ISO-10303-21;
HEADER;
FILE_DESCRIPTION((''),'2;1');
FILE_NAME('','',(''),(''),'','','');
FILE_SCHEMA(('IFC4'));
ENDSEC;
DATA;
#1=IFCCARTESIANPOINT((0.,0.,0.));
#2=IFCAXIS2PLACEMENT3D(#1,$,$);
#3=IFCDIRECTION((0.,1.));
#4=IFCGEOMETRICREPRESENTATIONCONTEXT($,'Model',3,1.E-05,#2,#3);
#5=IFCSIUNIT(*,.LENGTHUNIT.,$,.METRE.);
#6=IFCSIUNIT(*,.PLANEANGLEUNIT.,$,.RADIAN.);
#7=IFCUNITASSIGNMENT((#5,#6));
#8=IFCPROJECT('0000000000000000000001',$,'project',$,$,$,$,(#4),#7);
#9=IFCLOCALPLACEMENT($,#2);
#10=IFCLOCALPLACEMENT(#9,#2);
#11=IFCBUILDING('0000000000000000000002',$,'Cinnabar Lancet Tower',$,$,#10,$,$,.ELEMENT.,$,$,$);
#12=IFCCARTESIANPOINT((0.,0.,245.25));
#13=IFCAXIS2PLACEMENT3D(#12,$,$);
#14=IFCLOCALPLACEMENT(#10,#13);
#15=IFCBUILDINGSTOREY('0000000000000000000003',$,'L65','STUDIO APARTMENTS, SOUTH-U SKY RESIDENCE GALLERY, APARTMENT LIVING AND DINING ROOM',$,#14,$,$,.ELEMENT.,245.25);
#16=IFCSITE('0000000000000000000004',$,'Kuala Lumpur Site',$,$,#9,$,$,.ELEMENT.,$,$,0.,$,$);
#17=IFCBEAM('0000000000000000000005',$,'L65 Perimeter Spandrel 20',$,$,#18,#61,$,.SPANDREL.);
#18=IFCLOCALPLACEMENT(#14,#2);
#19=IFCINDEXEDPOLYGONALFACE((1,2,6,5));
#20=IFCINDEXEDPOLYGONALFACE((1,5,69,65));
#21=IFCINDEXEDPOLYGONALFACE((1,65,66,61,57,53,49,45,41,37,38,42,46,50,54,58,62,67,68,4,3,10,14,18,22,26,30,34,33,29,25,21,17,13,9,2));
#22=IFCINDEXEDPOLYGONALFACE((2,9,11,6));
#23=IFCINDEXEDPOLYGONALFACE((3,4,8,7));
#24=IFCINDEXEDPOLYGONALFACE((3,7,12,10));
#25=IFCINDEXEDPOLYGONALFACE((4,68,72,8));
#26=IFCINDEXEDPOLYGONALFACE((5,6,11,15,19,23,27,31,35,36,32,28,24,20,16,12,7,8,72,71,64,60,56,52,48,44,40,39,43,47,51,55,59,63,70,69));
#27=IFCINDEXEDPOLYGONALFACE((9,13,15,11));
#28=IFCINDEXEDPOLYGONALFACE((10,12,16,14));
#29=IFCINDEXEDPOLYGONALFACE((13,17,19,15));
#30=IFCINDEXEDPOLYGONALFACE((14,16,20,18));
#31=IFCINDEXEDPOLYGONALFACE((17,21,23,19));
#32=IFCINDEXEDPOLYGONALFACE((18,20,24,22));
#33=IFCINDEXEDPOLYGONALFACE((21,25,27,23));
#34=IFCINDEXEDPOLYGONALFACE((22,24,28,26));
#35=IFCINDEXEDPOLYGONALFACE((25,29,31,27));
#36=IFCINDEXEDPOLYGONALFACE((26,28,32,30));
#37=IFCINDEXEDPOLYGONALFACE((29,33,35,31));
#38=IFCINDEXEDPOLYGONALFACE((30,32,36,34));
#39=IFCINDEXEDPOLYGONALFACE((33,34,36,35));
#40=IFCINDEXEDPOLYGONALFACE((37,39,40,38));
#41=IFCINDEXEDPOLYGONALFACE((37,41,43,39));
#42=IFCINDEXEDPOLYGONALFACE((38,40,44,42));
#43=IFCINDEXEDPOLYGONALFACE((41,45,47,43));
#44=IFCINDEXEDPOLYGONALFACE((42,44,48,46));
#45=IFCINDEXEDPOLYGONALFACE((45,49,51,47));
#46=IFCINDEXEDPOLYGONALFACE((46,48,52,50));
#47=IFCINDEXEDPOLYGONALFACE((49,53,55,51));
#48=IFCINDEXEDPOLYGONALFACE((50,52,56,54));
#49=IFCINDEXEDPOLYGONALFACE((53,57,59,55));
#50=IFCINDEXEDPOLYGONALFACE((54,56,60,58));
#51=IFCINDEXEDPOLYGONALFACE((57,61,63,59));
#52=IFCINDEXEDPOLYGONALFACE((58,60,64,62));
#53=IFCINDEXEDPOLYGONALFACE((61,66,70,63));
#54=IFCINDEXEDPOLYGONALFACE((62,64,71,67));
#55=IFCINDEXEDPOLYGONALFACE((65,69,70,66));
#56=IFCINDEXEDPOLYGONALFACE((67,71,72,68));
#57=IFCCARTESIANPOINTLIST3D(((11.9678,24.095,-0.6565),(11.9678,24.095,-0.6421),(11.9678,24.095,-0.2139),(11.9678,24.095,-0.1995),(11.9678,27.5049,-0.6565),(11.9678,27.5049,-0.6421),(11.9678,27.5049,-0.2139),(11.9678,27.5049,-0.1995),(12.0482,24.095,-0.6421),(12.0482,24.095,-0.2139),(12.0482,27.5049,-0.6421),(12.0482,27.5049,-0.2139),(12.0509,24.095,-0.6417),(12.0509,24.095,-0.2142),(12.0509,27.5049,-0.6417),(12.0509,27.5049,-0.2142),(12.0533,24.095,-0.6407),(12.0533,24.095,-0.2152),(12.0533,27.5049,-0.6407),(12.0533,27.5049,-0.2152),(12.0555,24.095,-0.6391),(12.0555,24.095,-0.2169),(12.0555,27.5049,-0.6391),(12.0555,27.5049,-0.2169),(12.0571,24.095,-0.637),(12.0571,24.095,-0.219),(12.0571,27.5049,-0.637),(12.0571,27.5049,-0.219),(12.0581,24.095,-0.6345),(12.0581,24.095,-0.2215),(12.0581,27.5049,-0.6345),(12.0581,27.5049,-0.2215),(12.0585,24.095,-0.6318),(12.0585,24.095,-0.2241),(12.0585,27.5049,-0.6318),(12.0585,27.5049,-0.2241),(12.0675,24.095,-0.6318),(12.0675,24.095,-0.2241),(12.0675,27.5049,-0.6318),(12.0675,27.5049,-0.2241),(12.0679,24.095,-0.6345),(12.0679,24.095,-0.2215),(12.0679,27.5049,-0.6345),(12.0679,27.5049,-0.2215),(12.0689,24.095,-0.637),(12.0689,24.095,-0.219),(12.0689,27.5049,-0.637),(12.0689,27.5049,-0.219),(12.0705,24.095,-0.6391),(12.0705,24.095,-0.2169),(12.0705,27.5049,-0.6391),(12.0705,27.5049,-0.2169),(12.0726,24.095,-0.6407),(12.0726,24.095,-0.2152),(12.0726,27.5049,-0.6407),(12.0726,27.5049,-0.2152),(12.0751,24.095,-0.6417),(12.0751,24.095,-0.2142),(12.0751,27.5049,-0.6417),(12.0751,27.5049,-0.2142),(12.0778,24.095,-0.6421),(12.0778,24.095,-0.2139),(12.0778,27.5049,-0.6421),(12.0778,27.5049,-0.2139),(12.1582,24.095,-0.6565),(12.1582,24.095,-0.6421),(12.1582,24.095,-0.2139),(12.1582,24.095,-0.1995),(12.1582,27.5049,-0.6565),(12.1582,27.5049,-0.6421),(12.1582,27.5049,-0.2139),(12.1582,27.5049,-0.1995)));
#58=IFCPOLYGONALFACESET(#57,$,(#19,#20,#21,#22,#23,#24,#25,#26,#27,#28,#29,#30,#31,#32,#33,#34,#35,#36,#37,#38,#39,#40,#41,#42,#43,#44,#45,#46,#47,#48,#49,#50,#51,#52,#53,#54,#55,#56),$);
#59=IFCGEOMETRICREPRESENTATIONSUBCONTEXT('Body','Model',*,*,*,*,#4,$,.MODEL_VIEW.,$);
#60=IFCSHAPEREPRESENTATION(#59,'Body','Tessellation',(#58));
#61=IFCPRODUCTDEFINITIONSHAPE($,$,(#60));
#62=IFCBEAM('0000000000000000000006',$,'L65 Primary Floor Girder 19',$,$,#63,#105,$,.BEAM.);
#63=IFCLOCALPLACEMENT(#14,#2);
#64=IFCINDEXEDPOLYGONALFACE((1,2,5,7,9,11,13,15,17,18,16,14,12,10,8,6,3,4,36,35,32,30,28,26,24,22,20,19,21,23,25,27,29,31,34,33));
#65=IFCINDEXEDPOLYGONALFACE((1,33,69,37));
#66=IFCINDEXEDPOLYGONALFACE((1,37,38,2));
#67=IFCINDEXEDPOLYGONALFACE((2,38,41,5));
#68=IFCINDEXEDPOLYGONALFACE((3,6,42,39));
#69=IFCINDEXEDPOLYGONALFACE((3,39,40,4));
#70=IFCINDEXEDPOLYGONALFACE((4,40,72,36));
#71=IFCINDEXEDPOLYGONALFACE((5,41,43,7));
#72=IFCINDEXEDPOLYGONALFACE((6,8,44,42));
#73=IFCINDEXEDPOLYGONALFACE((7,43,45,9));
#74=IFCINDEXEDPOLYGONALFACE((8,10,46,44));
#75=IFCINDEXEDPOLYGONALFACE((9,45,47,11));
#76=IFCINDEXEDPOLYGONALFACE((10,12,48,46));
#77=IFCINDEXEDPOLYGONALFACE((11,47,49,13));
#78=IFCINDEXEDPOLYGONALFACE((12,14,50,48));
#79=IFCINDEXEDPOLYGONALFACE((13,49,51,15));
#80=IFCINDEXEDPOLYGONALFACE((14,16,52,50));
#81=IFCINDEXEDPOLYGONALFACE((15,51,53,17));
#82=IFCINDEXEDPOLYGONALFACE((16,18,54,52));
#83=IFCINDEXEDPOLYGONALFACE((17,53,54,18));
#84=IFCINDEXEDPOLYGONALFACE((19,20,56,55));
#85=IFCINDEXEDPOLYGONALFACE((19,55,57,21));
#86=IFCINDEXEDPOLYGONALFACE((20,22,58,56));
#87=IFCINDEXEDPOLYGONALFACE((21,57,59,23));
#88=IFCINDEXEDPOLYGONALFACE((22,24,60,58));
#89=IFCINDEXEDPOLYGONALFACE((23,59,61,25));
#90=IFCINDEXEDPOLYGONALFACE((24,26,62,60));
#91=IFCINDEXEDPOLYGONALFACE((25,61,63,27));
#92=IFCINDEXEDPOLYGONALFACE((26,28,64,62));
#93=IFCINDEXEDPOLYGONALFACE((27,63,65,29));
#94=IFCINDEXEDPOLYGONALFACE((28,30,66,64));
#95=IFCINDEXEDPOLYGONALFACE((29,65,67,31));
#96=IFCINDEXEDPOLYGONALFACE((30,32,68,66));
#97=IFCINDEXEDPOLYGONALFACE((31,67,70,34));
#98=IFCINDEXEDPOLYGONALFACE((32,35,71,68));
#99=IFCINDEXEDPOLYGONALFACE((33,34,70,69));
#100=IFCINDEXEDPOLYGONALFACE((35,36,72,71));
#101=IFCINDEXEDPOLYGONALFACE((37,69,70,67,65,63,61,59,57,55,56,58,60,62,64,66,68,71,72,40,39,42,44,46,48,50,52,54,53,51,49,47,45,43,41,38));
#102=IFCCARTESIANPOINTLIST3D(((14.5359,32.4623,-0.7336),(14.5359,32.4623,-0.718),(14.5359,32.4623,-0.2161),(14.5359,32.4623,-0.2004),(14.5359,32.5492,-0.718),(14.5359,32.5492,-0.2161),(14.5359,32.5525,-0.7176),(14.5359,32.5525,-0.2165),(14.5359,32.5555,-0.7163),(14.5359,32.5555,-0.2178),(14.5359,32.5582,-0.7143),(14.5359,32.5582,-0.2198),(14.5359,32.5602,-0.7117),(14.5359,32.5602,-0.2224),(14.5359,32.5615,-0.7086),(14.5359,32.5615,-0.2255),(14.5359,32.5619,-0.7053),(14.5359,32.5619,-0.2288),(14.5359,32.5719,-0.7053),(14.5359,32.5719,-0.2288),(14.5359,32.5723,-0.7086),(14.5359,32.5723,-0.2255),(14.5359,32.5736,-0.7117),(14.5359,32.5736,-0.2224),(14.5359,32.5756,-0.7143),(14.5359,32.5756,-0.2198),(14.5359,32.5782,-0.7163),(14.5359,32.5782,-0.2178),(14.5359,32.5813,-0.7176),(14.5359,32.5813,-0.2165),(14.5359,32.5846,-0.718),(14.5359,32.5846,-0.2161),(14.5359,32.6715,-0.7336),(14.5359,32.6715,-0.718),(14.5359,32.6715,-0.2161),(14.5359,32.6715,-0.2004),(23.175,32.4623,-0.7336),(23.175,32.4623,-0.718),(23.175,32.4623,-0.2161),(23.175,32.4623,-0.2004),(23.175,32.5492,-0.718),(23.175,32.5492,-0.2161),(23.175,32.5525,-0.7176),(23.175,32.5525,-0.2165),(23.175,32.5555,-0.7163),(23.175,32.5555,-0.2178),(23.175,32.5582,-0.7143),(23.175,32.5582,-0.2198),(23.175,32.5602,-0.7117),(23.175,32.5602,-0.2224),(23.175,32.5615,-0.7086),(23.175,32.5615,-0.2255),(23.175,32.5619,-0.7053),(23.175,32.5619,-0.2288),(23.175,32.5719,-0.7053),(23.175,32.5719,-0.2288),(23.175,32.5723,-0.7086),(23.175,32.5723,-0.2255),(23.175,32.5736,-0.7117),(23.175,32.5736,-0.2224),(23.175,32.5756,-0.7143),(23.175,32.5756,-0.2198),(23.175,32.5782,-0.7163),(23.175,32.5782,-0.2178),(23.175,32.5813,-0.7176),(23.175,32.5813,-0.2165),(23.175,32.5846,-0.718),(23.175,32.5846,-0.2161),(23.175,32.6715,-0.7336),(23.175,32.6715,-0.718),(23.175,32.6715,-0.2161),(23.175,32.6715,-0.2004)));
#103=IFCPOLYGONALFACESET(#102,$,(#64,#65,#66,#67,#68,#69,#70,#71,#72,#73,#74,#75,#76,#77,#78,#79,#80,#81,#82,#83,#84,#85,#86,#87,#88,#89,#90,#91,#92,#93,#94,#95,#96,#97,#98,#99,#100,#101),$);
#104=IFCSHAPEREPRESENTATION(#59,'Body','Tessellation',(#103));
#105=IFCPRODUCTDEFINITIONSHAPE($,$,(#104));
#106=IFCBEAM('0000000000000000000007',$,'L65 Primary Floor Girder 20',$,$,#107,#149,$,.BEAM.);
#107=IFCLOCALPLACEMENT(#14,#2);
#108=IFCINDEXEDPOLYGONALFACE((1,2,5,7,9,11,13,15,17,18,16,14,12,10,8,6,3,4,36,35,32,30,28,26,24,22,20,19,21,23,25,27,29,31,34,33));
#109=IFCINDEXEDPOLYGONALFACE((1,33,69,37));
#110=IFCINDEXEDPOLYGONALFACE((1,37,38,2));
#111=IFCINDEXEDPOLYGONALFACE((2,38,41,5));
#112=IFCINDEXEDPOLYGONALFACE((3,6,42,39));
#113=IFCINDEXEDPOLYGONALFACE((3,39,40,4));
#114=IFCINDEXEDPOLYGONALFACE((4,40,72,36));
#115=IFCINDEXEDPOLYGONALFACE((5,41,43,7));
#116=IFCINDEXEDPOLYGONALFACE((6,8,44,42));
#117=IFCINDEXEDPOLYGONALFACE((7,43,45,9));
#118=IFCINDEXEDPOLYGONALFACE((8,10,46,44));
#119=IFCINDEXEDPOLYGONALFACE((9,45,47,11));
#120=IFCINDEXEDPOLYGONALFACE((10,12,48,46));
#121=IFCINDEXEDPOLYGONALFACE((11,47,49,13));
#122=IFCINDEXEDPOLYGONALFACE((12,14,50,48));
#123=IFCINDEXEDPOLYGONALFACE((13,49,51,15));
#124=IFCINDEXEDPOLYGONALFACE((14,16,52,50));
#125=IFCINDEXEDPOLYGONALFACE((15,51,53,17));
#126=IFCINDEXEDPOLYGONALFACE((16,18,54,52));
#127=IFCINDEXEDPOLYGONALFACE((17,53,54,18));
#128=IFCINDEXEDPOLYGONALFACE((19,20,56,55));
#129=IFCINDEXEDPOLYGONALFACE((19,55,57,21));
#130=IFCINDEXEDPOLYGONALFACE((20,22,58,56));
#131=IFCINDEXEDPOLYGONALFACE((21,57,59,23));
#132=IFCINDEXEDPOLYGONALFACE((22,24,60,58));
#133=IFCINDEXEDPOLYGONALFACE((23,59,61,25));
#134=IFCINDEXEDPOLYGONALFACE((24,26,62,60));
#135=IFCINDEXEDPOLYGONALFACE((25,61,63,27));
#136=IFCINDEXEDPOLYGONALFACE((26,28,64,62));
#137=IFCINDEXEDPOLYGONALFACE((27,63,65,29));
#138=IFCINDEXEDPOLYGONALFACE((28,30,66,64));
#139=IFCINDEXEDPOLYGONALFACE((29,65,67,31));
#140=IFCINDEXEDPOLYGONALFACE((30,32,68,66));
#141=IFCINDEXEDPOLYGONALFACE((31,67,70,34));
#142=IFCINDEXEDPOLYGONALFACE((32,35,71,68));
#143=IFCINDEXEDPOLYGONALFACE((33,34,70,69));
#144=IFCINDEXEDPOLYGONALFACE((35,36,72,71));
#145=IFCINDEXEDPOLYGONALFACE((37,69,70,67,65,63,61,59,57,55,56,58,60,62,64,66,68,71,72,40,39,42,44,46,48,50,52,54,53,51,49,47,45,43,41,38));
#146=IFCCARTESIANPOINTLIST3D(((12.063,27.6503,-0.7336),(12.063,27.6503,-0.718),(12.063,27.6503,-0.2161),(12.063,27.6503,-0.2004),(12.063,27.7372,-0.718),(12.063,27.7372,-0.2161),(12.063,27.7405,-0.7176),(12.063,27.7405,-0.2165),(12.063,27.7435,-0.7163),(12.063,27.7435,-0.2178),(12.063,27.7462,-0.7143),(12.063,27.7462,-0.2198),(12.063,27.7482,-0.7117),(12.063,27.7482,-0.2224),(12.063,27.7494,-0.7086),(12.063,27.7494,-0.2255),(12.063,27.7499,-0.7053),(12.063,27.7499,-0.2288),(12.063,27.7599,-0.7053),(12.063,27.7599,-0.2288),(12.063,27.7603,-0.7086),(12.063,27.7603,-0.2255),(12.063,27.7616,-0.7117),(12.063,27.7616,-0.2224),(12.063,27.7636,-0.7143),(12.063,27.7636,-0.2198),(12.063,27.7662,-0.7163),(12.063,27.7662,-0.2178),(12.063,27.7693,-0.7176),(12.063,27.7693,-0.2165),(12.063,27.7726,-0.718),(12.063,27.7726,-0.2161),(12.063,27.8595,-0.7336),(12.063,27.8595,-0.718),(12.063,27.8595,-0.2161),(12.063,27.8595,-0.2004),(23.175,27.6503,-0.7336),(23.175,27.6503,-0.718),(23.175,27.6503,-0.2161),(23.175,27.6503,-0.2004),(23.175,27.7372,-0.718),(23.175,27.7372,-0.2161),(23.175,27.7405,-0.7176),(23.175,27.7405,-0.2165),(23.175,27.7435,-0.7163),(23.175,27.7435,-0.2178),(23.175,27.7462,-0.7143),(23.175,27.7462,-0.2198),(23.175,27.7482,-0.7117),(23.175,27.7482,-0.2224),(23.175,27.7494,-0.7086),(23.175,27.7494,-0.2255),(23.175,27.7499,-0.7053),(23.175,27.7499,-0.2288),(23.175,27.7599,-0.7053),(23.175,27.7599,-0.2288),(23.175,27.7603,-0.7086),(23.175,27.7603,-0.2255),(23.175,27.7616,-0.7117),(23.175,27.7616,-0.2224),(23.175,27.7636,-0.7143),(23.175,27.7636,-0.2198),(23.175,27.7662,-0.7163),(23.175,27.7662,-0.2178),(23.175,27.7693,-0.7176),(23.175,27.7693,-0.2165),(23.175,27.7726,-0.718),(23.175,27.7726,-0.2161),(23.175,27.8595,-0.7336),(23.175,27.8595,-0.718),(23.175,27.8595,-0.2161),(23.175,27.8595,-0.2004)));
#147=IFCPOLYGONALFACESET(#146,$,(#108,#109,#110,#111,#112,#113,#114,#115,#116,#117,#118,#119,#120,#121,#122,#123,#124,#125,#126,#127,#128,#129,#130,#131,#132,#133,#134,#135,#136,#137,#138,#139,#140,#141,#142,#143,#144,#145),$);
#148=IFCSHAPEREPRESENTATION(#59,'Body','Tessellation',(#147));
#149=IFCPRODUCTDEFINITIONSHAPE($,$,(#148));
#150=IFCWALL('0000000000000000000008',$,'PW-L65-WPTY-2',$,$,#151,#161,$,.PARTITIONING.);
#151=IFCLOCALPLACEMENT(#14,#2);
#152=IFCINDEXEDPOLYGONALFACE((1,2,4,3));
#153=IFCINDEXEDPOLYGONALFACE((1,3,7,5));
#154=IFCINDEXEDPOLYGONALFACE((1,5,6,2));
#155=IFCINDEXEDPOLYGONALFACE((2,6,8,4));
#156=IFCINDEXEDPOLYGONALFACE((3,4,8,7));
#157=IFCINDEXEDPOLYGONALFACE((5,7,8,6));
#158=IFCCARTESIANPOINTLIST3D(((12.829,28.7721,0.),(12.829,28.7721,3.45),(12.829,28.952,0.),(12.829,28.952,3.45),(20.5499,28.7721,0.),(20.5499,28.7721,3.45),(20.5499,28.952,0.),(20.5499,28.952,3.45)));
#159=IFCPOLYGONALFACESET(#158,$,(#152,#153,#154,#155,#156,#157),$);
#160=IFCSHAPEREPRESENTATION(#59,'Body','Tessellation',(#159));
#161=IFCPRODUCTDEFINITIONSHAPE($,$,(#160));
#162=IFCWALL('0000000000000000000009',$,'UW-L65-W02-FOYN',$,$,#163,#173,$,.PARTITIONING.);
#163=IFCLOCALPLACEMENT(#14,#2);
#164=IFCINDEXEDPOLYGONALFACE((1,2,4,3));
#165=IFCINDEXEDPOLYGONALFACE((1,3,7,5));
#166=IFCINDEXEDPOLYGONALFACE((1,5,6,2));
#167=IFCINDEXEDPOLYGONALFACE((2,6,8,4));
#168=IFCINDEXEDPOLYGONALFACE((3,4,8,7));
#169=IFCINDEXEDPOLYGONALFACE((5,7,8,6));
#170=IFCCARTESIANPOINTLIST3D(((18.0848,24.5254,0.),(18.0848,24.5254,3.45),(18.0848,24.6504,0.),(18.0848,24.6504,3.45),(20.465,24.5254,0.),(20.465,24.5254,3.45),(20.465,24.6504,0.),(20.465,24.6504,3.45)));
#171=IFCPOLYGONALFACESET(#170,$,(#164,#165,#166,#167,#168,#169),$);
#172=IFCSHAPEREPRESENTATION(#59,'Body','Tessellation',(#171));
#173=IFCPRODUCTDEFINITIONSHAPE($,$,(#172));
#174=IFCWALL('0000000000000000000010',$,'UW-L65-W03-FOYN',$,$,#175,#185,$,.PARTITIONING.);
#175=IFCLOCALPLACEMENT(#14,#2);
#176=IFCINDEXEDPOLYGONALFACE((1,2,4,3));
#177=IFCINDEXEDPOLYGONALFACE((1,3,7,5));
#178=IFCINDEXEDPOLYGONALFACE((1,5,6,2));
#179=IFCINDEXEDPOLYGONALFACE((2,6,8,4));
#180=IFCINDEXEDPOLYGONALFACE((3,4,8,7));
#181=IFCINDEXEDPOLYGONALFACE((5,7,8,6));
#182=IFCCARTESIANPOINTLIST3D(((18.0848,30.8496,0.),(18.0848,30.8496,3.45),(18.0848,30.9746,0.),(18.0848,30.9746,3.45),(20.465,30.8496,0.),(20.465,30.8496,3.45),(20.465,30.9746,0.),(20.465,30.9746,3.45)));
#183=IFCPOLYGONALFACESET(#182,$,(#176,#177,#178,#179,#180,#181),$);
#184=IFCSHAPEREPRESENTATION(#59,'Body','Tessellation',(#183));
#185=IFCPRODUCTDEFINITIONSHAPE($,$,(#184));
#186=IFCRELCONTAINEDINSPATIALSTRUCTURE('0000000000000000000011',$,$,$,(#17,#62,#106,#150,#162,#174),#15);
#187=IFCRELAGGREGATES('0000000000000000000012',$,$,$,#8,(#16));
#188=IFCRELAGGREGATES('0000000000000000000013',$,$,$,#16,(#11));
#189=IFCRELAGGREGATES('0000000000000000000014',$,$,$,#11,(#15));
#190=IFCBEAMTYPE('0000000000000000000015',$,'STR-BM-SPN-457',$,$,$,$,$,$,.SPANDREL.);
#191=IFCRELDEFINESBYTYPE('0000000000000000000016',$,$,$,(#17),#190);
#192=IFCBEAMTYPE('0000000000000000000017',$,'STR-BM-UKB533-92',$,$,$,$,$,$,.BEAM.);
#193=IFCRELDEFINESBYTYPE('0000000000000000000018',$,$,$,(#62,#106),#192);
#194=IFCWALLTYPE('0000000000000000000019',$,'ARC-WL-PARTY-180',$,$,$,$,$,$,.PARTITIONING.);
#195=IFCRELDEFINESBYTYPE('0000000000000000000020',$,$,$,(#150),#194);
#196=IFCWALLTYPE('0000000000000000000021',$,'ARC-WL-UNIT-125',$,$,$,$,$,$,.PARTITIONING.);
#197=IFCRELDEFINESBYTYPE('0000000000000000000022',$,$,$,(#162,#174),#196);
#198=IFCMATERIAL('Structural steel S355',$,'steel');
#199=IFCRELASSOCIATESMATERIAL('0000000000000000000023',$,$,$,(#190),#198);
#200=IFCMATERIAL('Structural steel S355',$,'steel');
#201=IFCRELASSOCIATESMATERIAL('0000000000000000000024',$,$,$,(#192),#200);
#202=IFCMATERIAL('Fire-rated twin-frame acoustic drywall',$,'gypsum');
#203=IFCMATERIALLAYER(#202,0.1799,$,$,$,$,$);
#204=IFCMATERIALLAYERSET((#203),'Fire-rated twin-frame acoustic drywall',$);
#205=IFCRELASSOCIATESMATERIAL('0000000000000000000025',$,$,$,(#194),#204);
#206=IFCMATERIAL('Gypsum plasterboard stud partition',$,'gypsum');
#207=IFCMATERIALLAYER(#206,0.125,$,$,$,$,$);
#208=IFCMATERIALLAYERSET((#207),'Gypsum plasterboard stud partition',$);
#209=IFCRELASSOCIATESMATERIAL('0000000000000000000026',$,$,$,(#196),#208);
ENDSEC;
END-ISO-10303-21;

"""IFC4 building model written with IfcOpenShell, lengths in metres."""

from ifc_helpers import new_model, si_unit, direction, frame, frame_2d, origin, origin_2d, place, context, subcontext, project, spatial, rectangle, i_section, extrude, material, layer, layer_set, material_profile, profile_set, type_object, element, save


model = new_model("IFC4")

# Units and contexts
model_context = context("Model", 3, precision=1e-05, world=origin(), true_north=direction((0.0, 1.0)))
body_context = subcontext(model_context, "Body", "Model", "MODEL_VIEW")
ifc_project = project(units=[si_unit("LENGTHUNIT", "METRE"), si_unit("PLANEANGLEUNIT", "RADIAN")], contexts=[model_context])

# Site, building, storey
site_placement = place(None, origin())
site = spatial("IfcSite", under=ifc_project, at=site_placement, Name="Kuala Lumpur Site", CompositionType="ELEMENT", RefElevation=0.0)
building_placement = place(site_placement, origin())
building = spatial("IfcBuilding", under=site, at=building_placement, Name="Cinnabar Lancet Tower", CompositionType="ELEMENT")
storey_placement = place(building_placement, frame((0.0, 0.0, 245.25)))
storey = spatial("IfcBuildingStorey", under=building, at=storey_placement, Name="L65", Description="STUDIO APARTMENTS, SOUTH-U SKY RESIDENCE GALLERY, APARTMENT LIVING AND DINING ROOM", CompositionType="ELEMENT", Elevation=245.25)

# Beams
ifc_material_1 = material(Name="Structural steel S355", Category="steel")
ifc_material_profile_1 = material_profile(ifc_material_1, i_section(OverallWidth=0.1904, OverallDepth=0.457, WebThickness=0.009, FlangeThickness=0.0144, FilletRadius=0.0103, at=origin_2d()), Name="UKB 457x191x74")
ifc_profile_set_1 = profile_set([ifc_material_profile_1], Name="Structural steel S355")
beam_type_1 = type_object("IfcBeamType", Name="STR-BM-SPN-457", PredefinedType="SPANDREL", material=ifc_profile_set_1)
beam_1_placement = place(storey_placement, frame((12.063, 27.5049, -0.428), z_axis=(0.0, -1.0, 0.0), x_axis=(1.0, 0.0, 0.0)))
element("IfcBeam", 1, at=beam_1_placement, inside=storey, type_object=beam_type_1, Name="L65 Perimeter Spandrel 20", PredefinedType="SPANDREL", context=body_context, shape_type="SweptSolid", body=[
    extrude(i_section(OverallWidth=0.1904, OverallDepth=0.457, WebThickness=0.009, FlangeThickness=0.0144, FilletRadius=0.0103, at=origin_2d()), origin(), (0.0, 0.0, 1.0), 3.4099),
])
ifc_material_2 = material(Name="Structural steel S355", Category="steel")
ifc_material_profile_2 = material_profile(ifc_material_2, i_section(OverallWidth=0.2092, OverallDepth=0.5332, WebThickness=0.01, FlangeThickness=0.0156, FilletRadius=0.0127, at=origin_2d()), Name="UKB 533x210x92")
ifc_profile_set_2 = profile_set([ifc_material_profile_2], Name="Structural steel S355")
beam_type_2 = type_object("IfcBeamType", Name="STR-BM-UKB533-92", PredefinedType="BEAM", material=ifc_profile_set_2)
beam_2_placement = place(storey_placement, frame((14.5359, 32.5669, -0.467), z_axis=(1.0, 0.0, 0.0), x_axis=(0.0, 1.0, 0.0)))
element("IfcBeam", 2, at=beam_2_placement, inside=storey, type_object=beam_type_2, Name="L65 Primary Floor Girder 19", PredefinedType="BEAM", context=body_context, shape_type="SweptSolid", body=[
    extrude(i_section(OverallWidth=0.2092, OverallDepth=0.5332, WebThickness=0.01, FlangeThickness=0.0156, FilletRadius=0.0127, at=origin_2d()), origin(), (0.0, 0.0, 1.0), 8.6392),
])
beam_3_placement = place(storey_placement, frame((12.063, 27.7549, -0.467), z_axis=(1.0, 0.0, 0.0), x_axis=(0.0, 1.0, 0.0)))
element("IfcBeam", 3, at=beam_3_placement, inside=storey, type_object=beam_type_2, Name="L65 Primary Floor Girder 20", PredefinedType="BEAM", context=body_context, shape_type="SweptSolid", body=[
    extrude(i_section(OverallWidth=0.2092, OverallDepth=0.5332, WebThickness=0.01, FlangeThickness=0.0156, FilletRadius=0.0127, at=origin_2d()), origin(), (0.0, 0.0, 1.0), 11.1121),
])

# Walls
ifc_material_3 = material(Name="Fire-rated twin-frame acoustic drywall", Category="gypsum")
ifc_layer_1 = layer(ifc_material_3, 0.1799)
ifc_layer_set_1 = layer_set([ifc_layer_1], Name="Fire-rated twin-frame acoustic drywall")
wall_type_1 = type_object("IfcWallType", Name="ARC-WL-PARTY-180", PredefinedType="PARTITIONING", material=ifc_layer_set_1)
wall_1_placement = place(storey_placement, frame((12.8291, 28.8621, 0.0), z_axis=(0.0, 0.0, 1.0), x_axis=(1.0, 0.0, 0.0)))
element("IfcWall", 4, at=wall_1_placement, inside=storey, type_object=wall_type_1, Name="PW-L65-WPTY-2", PredefinedType="PARTITIONING", context=body_context, shape_type="SweptSolid", body=[
    extrude(rectangle(XDim=7.7209, YDim=0.1799, at=frame_2d((3.8604, 0.0))), origin(), (0.0, 0.0, 1.0), 3.45),
])
ifc_material_4 = material(Name="Gypsum plasterboard stud partition", Category="gypsum")
ifc_layer_2 = layer(ifc_material_4, 0.125)
ifc_layer_set_2 = layer_set([ifc_layer_2], Name="Gypsum plasterboard stud partition")
wall_type_2 = type_object("IfcWallType", Name="ARC-WL-UNIT-125", PredefinedType="PARTITIONING", material=ifc_layer_set_2)
for number, where, z_axis, x_axis, name in (
    (5, (18.085, 24.5879, 0.0), (0.0, 0.0, 1.0), (1.0, 0.0, 0.0), "UW-L65-W02-FOYN"),
    (6, (18.085, 30.9121, 0.0), (0.0, 0.0, 1.0), (1.0, 0.0, 0.0), "UW-L65-W03-FOYN"),
):
    element("IfcWall", number, at=place(storey_placement, frame(where, z_axis=z_axis, x_axis=x_axis)), inside=storey, type_object=wall_type_2, Name=name, PredefinedType="PARTITIONING", context=body_context, shape_type="SweptSolid", body=[
        extrude(rectangle(XDim=2.3801, YDim=0.125, at=frame_2d((1.1899, 0.0))), origin(), (0.0, 0.0, 1.0), 3.45),
    ])

save(model, "model.ifc")
